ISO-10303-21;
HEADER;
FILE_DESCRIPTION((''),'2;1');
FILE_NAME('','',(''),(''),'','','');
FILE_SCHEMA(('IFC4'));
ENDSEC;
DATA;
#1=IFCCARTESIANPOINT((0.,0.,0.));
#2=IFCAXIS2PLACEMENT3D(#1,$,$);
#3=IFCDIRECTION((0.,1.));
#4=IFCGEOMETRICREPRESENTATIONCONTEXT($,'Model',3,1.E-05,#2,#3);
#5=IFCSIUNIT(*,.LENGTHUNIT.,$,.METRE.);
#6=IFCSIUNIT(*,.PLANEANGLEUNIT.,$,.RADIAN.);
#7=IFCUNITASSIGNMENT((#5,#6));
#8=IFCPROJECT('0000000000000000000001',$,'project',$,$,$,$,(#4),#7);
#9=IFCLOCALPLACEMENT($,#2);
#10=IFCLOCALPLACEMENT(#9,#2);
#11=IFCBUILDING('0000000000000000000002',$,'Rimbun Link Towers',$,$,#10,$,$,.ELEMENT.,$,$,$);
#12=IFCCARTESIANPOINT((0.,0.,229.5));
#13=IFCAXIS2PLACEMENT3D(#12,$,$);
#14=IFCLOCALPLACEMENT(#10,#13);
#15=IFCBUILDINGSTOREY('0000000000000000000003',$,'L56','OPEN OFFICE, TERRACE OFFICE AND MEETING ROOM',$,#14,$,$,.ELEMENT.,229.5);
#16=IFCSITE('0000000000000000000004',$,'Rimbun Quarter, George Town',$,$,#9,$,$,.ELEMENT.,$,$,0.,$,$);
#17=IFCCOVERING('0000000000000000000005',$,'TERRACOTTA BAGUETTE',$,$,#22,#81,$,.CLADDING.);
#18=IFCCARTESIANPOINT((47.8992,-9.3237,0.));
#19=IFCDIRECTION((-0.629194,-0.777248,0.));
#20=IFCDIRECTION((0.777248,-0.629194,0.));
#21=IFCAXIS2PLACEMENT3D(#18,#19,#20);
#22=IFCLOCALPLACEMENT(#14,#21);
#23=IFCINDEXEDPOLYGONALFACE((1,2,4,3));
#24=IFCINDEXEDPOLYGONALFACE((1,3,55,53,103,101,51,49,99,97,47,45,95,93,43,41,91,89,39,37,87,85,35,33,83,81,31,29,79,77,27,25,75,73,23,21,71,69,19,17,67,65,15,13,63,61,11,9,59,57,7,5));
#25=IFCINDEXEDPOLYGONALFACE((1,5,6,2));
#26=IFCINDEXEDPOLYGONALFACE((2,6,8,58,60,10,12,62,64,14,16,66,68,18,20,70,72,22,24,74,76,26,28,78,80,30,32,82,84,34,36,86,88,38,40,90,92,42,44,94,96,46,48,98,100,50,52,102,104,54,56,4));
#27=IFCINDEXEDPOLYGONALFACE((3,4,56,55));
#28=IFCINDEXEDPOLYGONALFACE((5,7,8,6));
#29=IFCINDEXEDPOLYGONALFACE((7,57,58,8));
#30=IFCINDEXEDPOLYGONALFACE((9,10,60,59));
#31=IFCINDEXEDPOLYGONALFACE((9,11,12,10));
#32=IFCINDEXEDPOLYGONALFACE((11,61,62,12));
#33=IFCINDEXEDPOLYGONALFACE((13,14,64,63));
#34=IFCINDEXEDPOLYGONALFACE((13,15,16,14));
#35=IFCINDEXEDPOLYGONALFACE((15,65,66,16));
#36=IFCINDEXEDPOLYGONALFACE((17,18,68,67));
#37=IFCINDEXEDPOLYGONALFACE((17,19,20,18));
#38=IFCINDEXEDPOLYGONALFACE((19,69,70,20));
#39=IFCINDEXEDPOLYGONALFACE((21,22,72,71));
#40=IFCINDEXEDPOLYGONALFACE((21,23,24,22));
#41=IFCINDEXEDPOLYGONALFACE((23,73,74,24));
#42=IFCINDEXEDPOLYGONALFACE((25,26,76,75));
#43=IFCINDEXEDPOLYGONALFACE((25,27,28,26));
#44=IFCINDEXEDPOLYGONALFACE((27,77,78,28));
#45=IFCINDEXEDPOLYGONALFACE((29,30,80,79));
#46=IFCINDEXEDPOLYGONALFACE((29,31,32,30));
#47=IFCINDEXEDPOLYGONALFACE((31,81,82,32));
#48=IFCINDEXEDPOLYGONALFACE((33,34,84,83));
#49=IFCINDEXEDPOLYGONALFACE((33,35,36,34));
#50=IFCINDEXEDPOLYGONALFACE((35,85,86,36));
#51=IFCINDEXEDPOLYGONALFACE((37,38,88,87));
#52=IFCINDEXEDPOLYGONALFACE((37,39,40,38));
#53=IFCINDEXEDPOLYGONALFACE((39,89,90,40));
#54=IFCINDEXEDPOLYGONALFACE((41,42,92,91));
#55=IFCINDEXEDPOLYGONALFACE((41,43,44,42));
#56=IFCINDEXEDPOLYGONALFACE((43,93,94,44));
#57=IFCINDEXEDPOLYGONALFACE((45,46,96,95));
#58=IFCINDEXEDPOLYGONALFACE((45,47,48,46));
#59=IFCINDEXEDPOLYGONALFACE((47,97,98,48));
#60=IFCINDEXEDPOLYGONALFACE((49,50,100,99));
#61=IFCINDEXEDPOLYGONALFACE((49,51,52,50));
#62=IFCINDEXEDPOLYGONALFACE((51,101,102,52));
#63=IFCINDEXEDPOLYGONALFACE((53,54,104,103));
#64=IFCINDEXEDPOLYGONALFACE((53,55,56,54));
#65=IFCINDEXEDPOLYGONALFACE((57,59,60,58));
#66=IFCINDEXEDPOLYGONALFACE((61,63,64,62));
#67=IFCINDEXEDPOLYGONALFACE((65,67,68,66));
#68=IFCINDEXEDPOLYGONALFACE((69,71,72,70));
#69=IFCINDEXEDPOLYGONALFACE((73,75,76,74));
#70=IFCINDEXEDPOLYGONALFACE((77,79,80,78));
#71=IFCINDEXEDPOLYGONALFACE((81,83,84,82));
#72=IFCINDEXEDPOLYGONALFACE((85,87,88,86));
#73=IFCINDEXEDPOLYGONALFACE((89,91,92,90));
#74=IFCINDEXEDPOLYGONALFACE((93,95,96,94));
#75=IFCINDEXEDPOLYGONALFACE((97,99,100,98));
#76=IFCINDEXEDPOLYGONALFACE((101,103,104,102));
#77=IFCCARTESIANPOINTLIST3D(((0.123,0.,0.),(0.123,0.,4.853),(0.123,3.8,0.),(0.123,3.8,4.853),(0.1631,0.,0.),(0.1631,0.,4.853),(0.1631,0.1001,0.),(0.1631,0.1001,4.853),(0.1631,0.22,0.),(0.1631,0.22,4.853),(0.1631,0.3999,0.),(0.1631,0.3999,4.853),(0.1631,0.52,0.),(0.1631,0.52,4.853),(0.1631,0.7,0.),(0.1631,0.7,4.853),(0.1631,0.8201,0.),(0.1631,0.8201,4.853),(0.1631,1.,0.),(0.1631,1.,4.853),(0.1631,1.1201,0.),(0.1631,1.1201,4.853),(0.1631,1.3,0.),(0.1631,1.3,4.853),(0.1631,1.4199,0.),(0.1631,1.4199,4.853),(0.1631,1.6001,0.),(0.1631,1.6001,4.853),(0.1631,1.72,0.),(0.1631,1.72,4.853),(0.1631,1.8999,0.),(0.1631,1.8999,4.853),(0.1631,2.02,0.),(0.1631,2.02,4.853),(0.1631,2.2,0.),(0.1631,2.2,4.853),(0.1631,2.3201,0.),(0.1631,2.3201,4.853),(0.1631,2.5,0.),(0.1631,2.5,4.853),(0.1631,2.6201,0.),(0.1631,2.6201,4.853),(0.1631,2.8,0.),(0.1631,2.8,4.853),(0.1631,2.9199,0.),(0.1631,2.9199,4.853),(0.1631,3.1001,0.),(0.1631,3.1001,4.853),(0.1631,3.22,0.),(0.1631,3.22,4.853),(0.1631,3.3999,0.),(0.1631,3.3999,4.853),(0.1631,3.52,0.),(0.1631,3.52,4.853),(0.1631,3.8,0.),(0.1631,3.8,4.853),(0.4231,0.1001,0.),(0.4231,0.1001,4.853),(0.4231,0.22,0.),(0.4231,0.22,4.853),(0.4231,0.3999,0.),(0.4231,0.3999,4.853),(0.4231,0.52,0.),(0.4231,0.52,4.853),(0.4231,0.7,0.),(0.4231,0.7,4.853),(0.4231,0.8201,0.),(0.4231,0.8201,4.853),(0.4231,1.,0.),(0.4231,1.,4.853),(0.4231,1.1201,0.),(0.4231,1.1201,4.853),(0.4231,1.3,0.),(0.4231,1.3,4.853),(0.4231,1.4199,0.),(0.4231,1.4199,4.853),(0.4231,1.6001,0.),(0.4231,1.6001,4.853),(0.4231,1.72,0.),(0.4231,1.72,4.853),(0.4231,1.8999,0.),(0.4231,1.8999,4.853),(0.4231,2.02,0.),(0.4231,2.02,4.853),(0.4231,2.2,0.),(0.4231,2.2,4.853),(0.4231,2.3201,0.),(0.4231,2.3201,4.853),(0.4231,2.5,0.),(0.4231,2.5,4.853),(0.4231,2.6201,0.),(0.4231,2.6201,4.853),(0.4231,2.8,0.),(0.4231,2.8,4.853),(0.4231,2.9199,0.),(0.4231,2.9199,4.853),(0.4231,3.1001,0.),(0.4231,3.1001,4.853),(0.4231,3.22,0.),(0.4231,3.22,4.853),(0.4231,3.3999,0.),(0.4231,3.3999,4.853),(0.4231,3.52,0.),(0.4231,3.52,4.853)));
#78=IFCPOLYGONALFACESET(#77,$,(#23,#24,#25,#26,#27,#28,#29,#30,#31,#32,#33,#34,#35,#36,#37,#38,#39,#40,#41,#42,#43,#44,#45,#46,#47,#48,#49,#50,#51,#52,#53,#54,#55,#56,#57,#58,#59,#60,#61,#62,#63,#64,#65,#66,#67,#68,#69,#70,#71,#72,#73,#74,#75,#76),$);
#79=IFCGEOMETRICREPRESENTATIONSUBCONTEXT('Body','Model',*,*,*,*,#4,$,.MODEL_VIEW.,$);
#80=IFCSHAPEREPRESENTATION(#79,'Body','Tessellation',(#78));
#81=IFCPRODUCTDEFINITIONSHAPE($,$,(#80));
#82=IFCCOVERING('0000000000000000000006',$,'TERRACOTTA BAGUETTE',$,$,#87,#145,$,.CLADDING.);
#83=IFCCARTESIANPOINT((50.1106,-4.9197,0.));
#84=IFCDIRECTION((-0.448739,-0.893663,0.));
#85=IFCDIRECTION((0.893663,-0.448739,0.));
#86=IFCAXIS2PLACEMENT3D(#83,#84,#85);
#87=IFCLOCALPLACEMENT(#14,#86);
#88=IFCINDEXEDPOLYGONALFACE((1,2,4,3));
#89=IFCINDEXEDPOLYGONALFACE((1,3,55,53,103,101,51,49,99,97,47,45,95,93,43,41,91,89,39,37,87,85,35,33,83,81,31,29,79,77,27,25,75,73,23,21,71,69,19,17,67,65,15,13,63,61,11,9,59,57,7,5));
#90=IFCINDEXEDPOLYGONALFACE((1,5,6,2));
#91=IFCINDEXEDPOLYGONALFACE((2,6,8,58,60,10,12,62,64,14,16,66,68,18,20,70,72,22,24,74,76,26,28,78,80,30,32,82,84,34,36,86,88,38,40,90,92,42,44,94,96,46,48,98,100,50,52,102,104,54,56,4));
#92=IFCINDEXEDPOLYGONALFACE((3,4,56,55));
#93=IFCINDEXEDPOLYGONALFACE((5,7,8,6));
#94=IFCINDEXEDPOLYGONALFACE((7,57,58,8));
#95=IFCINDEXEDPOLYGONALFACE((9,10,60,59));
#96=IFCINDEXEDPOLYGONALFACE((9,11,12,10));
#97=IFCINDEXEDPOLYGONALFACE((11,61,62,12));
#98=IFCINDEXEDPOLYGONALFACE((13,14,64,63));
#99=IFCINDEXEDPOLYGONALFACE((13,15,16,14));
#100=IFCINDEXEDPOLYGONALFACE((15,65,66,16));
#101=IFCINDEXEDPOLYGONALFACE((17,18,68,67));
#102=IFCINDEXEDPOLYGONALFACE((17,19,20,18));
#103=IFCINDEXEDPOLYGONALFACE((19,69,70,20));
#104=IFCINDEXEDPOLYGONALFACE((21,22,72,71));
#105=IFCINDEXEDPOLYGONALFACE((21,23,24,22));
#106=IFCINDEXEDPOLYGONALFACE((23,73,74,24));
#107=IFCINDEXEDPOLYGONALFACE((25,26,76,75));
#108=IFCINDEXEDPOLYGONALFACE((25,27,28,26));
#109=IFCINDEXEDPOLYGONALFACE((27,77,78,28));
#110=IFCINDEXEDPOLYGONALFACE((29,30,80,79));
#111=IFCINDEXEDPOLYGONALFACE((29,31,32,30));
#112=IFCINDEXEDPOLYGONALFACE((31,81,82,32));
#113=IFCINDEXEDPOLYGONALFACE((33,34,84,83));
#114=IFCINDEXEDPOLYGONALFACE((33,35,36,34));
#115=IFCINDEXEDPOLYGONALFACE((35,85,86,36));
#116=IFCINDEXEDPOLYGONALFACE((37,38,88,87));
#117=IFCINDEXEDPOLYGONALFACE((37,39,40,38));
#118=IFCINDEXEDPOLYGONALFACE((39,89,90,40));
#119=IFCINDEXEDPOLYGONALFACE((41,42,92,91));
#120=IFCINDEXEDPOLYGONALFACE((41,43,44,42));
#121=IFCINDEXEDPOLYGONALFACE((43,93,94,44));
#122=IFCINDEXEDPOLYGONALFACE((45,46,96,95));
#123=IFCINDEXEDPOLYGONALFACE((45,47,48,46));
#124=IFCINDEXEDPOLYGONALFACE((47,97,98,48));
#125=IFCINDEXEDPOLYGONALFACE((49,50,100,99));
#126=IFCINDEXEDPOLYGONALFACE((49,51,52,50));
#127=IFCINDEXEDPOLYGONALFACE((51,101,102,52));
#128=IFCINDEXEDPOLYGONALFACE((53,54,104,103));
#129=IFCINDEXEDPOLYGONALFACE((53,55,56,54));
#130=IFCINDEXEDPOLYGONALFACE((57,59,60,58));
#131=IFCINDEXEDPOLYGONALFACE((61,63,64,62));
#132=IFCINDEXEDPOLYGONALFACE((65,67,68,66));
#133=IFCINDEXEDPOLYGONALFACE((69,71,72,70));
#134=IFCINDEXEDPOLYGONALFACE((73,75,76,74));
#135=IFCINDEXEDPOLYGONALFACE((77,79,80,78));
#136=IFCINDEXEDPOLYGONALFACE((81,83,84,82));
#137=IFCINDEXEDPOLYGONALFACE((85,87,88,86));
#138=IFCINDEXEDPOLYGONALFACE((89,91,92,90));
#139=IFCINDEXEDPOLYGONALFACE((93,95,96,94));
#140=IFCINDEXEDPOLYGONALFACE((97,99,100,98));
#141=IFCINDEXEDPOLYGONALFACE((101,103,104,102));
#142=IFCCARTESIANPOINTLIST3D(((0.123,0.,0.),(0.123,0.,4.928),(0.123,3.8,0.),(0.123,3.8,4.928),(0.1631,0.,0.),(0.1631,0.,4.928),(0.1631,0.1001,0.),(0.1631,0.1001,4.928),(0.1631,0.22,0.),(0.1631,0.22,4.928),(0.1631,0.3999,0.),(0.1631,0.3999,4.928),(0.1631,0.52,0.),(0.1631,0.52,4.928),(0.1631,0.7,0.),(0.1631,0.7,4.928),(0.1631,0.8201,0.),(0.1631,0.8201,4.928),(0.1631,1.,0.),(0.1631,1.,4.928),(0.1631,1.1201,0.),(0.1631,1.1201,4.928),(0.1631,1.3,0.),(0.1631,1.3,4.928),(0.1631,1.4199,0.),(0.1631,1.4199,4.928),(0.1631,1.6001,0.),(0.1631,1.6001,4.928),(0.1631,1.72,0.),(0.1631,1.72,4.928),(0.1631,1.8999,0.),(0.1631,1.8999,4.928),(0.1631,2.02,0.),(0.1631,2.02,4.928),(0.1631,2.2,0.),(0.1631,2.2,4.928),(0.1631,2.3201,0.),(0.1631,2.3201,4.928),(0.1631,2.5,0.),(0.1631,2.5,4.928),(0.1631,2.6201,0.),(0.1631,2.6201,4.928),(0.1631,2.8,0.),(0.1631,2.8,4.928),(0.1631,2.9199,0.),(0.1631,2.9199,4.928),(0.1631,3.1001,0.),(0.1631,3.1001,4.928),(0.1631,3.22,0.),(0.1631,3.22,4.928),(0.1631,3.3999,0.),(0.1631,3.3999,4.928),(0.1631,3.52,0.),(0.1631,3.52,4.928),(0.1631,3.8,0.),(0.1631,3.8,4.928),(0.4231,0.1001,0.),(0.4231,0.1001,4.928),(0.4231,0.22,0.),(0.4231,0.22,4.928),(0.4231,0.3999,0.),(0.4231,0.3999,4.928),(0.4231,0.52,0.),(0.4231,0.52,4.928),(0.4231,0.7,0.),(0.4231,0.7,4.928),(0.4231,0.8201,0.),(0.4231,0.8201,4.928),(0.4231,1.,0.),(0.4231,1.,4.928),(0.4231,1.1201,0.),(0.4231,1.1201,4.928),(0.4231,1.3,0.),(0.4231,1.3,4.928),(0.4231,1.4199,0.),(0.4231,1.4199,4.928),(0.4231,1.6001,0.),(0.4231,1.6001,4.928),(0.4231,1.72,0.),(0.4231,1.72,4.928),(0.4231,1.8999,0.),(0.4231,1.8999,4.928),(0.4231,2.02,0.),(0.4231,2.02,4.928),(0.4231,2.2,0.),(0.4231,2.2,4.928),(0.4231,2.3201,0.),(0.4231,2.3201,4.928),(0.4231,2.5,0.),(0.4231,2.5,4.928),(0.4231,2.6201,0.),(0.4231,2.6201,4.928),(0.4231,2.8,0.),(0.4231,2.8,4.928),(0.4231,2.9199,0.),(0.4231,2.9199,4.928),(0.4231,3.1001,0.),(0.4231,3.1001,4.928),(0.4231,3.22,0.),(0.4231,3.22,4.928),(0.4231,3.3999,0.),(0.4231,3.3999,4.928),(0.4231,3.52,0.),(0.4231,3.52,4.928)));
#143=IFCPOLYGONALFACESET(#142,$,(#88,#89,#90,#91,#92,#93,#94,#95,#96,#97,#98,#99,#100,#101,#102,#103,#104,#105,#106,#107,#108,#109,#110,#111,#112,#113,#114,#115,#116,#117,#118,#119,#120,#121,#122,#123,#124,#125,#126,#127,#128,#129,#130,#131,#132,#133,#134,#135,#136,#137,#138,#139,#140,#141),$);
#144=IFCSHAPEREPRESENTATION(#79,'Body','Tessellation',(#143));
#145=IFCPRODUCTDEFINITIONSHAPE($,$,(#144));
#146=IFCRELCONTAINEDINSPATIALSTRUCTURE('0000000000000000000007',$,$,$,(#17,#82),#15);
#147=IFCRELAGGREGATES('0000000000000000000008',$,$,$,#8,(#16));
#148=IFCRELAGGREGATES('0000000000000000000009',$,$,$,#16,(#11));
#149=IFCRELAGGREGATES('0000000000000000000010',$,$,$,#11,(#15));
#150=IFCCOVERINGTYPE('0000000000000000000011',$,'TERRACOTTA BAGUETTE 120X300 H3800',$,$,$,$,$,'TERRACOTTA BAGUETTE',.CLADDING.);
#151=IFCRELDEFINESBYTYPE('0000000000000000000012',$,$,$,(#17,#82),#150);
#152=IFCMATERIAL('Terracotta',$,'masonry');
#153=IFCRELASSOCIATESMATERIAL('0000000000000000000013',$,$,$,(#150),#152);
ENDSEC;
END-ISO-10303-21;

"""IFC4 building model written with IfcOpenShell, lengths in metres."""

from ifc_helpers import new_model, si_unit, direction, frame, origin, place, context, subcontext, project, spatial, polyline, outline, extrude, material, material_profile, profile_set, type_object, element, save


model = new_model("IFC4")

# Units and contexts
model_context = context("Model", 3, precision=1e-05, world=origin(), true_north=direction((0.0, 1.0)))
body_context = subcontext(model_context, "Body", "Model", "MODEL_VIEW")
ifc_project = project(units=[si_unit("LENGTHUNIT", "METRE"), si_unit("PLANEANGLEUNIT", "RADIAN")], contexts=[model_context])

# Site, building, storey
site_placement = place(None, origin())
site = spatial("IfcSite", under=ifc_project, at=site_placement, Name="Rimbun Quarter, George Town", CompositionType="ELEMENT", RefElevation=0.0)
building_placement = place(site_placement, origin())
building = spatial("IfcBuilding", under=site, at=building_placement, Name="Rimbun Link Towers", CompositionType="ELEMENT")
storey_placement = place(building_placement, frame((0.0, 0.0, 229.5)))
storey = spatial("IfcBuildingStorey", under=building, at=storey_placement, Name="L56", Description="OPEN OFFICE, TERRACE OFFICE AND MEETING ROOM", CompositionType="ELEMENT", Elevation=229.5)

# Coverings
ifc_material_1 = material(Name="Terracotta", Category="masonry")
ifc_material_profile_1 = material_profile(ifc_material_1, outline(polyline([(0.123, 0.0), (0.1631, 0.0), (0.1631, 0.1001), (0.4231, 0.1001), (0.4231, 0.22), (0.1631, 0.22), (0.1631, 0.3999), (0.4231, 0.3999), (0.4231, 0.52), (0.1631, 0.52), (0.1631, 0.7), (0.4231, 0.7), (0.4231, 0.8201), (0.1631, 0.8201), (0.1631, 1.0), (0.4231, 1.0), (0.4231, 1.1201), (0.1631, 1.1201), (0.1631, 1.3), (0.4231, 1.3), (0.4231, 1.4199), (0.1631, 1.4199), (0.1631, 1.6001), (0.4231, 1.6001), (0.4231, 1.72), (0.1631, 1.72), (0.1631, 1.8999), (0.4231, 1.8999), (0.4231, 2.02), (0.1631, 2.02), (0.1631, 2.2), (0.4231, 2.2), (0.4231, 2.3201), (0.1631, 2.3201), (0.1631, 2.5), (0.4231, 2.5), (0.4231, 2.6201), (0.1631, 2.6201), (0.1631, 2.8), (0.4231, 2.8), (0.4231, 2.9199), (0.1631, 2.9199), (0.1631, 3.1001), (0.4231, 3.1001), (0.4231, 3.22), (0.1631, 3.22), (0.1631, 3.3999), (0.4231, 3.3999), (0.4231, 3.52), (0.1631, 3.52), (0.1631, 3.8), (0.123, 3.8), (0.123, 0.0)])), Name="BAGUETTE 120X300")
ifc_profile_set_1 = profile_set([ifc_material_profile_1], Name="Terracotta")
covering_type = type_object("IfcCoveringType", Name="TERRACOTTA BAGUETTE 120X300 H3800", ElementType="TERRACOTTA BAGUETTE", PredefinedType="CLADDING", material=ifc_profile_set_1)
for number, where, z_axis, x_axis, name in (
    (1, (47.8992, -9.3237, 0.0), (-0.629194, -0.777248, 0.0), (0.777248, -0.629194, 0.0), "TERRACOTTA BAGUETTE"),
):
    element("IfcCovering", number, at=place(storey_placement, frame(where, z_axis=z_axis, x_axis=x_axis)), inside=storey, type_object=covering_type, Name=name, PredefinedType="CLADDING", context=body_context, shape_type="SweptSolid", body=[
        extrude(outline(polyline([(0.123, 0.0), (0.1631, 0.0), (0.1631, 0.1001), (0.4231, 0.1001), (0.4231, 0.22), (0.1631, 0.22), (0.1631, 0.3999), (0.4231, 0.3999), (0.4231, 0.52), (0.1631, 0.52), (0.1631, 0.7), (0.4231, 0.7), (0.4231, 0.8201), (0.1631, 0.8201), (0.1631, 1.0), (0.4231, 1.0), (0.4231, 1.1201), (0.1631, 1.1201), (0.1631, 1.3), (0.4231, 1.3), (0.4231, 1.4199), (0.1631, 1.4199), (0.1631, 1.6001), (0.4231, 1.6001), (0.4231, 1.72), (0.1631, 1.72), (0.1631, 1.8999), (0.4231, 1.8999), (0.4231, 2.02), (0.1631, 2.02), (0.1631, 2.2), (0.4231, 2.2), (0.4231, 2.3201), (0.1631, 2.3201), (0.1631, 2.5), (0.4231, 2.5), (0.4231, 2.6201), (0.1631, 2.6201), (0.1631, 2.8), (0.4231, 2.8), (0.4231, 2.9199), (0.1631, 2.9199), (0.1631, 3.1001), (0.4231, 3.1001), (0.4231, 3.22), (0.1631, 3.22), (0.1631, 3.3999), (0.4231, 3.3999), (0.4231, 3.52), (0.1631, 3.52), (0.1631, 3.8), (0.123, 3.8), (0.123, 0.0)])), origin(), (0.0, 0.0, 1.0), 4.853),
    ])
covering_placement = place(storey_placement, frame((50.1106, -4.9197, 0.0), z_axis=(-0.448739, -0.893663, 0.0), x_axis=(0.893663, -0.448739, 0.0)))
element("IfcCovering", 2, at=covering_placement, inside=storey, type_object=covering_type, Name="TERRACOTTA BAGUETTE", PredefinedType="CLADDING", context=body_context, shape_type="SweptSolid", body=[
    extrude(outline(polyline([(0.123, 0.0), (0.1631, 0.0), (0.1631, 0.1001), (0.4231, 0.1001), (0.4231, 0.22), (0.1631, 0.22), (0.1631, 0.3999), (0.4231, 0.3999), (0.4231, 0.52), (0.1631, 0.52), (0.1631, 0.7), (0.4231, 0.7), (0.4231, 0.8201), (0.1631, 0.8201), (0.1631, 1.0), (0.4231, 1.0), (0.4231, 1.1201), (0.1631, 1.1201), (0.1631, 1.3), (0.4231, 1.3), (0.4231, 1.4199), (0.1631, 1.4199), (0.1631, 1.6001), (0.4231, 1.6001), (0.4231, 1.72), (0.1631, 1.72), (0.1631, 1.8999), (0.4231, 1.8999), (0.4231, 2.02), (0.1631, 2.02), (0.1631, 2.2), (0.4231, 2.2), (0.4231, 2.3201), (0.1631, 2.3201), (0.1631, 2.5), (0.4231, 2.5), (0.4231, 2.6201), (0.1631, 2.6201), (0.1631, 2.8), (0.4231, 2.8), (0.4231, 2.9199), (0.1631, 2.9199), (0.1631, 3.1001), (0.4231, 3.1001), (0.4231, 3.22), (0.1631, 3.22), (0.1631, 3.3999), (0.4231, 3.3999), (0.4231, 3.52), (0.1631, 3.52), (0.1631, 3.8), (0.123, 3.8), (0.123, 0.0)])), origin(), (0.0, 0.0, 1.0), 4.928),
])

save(model, "model.ifc")
